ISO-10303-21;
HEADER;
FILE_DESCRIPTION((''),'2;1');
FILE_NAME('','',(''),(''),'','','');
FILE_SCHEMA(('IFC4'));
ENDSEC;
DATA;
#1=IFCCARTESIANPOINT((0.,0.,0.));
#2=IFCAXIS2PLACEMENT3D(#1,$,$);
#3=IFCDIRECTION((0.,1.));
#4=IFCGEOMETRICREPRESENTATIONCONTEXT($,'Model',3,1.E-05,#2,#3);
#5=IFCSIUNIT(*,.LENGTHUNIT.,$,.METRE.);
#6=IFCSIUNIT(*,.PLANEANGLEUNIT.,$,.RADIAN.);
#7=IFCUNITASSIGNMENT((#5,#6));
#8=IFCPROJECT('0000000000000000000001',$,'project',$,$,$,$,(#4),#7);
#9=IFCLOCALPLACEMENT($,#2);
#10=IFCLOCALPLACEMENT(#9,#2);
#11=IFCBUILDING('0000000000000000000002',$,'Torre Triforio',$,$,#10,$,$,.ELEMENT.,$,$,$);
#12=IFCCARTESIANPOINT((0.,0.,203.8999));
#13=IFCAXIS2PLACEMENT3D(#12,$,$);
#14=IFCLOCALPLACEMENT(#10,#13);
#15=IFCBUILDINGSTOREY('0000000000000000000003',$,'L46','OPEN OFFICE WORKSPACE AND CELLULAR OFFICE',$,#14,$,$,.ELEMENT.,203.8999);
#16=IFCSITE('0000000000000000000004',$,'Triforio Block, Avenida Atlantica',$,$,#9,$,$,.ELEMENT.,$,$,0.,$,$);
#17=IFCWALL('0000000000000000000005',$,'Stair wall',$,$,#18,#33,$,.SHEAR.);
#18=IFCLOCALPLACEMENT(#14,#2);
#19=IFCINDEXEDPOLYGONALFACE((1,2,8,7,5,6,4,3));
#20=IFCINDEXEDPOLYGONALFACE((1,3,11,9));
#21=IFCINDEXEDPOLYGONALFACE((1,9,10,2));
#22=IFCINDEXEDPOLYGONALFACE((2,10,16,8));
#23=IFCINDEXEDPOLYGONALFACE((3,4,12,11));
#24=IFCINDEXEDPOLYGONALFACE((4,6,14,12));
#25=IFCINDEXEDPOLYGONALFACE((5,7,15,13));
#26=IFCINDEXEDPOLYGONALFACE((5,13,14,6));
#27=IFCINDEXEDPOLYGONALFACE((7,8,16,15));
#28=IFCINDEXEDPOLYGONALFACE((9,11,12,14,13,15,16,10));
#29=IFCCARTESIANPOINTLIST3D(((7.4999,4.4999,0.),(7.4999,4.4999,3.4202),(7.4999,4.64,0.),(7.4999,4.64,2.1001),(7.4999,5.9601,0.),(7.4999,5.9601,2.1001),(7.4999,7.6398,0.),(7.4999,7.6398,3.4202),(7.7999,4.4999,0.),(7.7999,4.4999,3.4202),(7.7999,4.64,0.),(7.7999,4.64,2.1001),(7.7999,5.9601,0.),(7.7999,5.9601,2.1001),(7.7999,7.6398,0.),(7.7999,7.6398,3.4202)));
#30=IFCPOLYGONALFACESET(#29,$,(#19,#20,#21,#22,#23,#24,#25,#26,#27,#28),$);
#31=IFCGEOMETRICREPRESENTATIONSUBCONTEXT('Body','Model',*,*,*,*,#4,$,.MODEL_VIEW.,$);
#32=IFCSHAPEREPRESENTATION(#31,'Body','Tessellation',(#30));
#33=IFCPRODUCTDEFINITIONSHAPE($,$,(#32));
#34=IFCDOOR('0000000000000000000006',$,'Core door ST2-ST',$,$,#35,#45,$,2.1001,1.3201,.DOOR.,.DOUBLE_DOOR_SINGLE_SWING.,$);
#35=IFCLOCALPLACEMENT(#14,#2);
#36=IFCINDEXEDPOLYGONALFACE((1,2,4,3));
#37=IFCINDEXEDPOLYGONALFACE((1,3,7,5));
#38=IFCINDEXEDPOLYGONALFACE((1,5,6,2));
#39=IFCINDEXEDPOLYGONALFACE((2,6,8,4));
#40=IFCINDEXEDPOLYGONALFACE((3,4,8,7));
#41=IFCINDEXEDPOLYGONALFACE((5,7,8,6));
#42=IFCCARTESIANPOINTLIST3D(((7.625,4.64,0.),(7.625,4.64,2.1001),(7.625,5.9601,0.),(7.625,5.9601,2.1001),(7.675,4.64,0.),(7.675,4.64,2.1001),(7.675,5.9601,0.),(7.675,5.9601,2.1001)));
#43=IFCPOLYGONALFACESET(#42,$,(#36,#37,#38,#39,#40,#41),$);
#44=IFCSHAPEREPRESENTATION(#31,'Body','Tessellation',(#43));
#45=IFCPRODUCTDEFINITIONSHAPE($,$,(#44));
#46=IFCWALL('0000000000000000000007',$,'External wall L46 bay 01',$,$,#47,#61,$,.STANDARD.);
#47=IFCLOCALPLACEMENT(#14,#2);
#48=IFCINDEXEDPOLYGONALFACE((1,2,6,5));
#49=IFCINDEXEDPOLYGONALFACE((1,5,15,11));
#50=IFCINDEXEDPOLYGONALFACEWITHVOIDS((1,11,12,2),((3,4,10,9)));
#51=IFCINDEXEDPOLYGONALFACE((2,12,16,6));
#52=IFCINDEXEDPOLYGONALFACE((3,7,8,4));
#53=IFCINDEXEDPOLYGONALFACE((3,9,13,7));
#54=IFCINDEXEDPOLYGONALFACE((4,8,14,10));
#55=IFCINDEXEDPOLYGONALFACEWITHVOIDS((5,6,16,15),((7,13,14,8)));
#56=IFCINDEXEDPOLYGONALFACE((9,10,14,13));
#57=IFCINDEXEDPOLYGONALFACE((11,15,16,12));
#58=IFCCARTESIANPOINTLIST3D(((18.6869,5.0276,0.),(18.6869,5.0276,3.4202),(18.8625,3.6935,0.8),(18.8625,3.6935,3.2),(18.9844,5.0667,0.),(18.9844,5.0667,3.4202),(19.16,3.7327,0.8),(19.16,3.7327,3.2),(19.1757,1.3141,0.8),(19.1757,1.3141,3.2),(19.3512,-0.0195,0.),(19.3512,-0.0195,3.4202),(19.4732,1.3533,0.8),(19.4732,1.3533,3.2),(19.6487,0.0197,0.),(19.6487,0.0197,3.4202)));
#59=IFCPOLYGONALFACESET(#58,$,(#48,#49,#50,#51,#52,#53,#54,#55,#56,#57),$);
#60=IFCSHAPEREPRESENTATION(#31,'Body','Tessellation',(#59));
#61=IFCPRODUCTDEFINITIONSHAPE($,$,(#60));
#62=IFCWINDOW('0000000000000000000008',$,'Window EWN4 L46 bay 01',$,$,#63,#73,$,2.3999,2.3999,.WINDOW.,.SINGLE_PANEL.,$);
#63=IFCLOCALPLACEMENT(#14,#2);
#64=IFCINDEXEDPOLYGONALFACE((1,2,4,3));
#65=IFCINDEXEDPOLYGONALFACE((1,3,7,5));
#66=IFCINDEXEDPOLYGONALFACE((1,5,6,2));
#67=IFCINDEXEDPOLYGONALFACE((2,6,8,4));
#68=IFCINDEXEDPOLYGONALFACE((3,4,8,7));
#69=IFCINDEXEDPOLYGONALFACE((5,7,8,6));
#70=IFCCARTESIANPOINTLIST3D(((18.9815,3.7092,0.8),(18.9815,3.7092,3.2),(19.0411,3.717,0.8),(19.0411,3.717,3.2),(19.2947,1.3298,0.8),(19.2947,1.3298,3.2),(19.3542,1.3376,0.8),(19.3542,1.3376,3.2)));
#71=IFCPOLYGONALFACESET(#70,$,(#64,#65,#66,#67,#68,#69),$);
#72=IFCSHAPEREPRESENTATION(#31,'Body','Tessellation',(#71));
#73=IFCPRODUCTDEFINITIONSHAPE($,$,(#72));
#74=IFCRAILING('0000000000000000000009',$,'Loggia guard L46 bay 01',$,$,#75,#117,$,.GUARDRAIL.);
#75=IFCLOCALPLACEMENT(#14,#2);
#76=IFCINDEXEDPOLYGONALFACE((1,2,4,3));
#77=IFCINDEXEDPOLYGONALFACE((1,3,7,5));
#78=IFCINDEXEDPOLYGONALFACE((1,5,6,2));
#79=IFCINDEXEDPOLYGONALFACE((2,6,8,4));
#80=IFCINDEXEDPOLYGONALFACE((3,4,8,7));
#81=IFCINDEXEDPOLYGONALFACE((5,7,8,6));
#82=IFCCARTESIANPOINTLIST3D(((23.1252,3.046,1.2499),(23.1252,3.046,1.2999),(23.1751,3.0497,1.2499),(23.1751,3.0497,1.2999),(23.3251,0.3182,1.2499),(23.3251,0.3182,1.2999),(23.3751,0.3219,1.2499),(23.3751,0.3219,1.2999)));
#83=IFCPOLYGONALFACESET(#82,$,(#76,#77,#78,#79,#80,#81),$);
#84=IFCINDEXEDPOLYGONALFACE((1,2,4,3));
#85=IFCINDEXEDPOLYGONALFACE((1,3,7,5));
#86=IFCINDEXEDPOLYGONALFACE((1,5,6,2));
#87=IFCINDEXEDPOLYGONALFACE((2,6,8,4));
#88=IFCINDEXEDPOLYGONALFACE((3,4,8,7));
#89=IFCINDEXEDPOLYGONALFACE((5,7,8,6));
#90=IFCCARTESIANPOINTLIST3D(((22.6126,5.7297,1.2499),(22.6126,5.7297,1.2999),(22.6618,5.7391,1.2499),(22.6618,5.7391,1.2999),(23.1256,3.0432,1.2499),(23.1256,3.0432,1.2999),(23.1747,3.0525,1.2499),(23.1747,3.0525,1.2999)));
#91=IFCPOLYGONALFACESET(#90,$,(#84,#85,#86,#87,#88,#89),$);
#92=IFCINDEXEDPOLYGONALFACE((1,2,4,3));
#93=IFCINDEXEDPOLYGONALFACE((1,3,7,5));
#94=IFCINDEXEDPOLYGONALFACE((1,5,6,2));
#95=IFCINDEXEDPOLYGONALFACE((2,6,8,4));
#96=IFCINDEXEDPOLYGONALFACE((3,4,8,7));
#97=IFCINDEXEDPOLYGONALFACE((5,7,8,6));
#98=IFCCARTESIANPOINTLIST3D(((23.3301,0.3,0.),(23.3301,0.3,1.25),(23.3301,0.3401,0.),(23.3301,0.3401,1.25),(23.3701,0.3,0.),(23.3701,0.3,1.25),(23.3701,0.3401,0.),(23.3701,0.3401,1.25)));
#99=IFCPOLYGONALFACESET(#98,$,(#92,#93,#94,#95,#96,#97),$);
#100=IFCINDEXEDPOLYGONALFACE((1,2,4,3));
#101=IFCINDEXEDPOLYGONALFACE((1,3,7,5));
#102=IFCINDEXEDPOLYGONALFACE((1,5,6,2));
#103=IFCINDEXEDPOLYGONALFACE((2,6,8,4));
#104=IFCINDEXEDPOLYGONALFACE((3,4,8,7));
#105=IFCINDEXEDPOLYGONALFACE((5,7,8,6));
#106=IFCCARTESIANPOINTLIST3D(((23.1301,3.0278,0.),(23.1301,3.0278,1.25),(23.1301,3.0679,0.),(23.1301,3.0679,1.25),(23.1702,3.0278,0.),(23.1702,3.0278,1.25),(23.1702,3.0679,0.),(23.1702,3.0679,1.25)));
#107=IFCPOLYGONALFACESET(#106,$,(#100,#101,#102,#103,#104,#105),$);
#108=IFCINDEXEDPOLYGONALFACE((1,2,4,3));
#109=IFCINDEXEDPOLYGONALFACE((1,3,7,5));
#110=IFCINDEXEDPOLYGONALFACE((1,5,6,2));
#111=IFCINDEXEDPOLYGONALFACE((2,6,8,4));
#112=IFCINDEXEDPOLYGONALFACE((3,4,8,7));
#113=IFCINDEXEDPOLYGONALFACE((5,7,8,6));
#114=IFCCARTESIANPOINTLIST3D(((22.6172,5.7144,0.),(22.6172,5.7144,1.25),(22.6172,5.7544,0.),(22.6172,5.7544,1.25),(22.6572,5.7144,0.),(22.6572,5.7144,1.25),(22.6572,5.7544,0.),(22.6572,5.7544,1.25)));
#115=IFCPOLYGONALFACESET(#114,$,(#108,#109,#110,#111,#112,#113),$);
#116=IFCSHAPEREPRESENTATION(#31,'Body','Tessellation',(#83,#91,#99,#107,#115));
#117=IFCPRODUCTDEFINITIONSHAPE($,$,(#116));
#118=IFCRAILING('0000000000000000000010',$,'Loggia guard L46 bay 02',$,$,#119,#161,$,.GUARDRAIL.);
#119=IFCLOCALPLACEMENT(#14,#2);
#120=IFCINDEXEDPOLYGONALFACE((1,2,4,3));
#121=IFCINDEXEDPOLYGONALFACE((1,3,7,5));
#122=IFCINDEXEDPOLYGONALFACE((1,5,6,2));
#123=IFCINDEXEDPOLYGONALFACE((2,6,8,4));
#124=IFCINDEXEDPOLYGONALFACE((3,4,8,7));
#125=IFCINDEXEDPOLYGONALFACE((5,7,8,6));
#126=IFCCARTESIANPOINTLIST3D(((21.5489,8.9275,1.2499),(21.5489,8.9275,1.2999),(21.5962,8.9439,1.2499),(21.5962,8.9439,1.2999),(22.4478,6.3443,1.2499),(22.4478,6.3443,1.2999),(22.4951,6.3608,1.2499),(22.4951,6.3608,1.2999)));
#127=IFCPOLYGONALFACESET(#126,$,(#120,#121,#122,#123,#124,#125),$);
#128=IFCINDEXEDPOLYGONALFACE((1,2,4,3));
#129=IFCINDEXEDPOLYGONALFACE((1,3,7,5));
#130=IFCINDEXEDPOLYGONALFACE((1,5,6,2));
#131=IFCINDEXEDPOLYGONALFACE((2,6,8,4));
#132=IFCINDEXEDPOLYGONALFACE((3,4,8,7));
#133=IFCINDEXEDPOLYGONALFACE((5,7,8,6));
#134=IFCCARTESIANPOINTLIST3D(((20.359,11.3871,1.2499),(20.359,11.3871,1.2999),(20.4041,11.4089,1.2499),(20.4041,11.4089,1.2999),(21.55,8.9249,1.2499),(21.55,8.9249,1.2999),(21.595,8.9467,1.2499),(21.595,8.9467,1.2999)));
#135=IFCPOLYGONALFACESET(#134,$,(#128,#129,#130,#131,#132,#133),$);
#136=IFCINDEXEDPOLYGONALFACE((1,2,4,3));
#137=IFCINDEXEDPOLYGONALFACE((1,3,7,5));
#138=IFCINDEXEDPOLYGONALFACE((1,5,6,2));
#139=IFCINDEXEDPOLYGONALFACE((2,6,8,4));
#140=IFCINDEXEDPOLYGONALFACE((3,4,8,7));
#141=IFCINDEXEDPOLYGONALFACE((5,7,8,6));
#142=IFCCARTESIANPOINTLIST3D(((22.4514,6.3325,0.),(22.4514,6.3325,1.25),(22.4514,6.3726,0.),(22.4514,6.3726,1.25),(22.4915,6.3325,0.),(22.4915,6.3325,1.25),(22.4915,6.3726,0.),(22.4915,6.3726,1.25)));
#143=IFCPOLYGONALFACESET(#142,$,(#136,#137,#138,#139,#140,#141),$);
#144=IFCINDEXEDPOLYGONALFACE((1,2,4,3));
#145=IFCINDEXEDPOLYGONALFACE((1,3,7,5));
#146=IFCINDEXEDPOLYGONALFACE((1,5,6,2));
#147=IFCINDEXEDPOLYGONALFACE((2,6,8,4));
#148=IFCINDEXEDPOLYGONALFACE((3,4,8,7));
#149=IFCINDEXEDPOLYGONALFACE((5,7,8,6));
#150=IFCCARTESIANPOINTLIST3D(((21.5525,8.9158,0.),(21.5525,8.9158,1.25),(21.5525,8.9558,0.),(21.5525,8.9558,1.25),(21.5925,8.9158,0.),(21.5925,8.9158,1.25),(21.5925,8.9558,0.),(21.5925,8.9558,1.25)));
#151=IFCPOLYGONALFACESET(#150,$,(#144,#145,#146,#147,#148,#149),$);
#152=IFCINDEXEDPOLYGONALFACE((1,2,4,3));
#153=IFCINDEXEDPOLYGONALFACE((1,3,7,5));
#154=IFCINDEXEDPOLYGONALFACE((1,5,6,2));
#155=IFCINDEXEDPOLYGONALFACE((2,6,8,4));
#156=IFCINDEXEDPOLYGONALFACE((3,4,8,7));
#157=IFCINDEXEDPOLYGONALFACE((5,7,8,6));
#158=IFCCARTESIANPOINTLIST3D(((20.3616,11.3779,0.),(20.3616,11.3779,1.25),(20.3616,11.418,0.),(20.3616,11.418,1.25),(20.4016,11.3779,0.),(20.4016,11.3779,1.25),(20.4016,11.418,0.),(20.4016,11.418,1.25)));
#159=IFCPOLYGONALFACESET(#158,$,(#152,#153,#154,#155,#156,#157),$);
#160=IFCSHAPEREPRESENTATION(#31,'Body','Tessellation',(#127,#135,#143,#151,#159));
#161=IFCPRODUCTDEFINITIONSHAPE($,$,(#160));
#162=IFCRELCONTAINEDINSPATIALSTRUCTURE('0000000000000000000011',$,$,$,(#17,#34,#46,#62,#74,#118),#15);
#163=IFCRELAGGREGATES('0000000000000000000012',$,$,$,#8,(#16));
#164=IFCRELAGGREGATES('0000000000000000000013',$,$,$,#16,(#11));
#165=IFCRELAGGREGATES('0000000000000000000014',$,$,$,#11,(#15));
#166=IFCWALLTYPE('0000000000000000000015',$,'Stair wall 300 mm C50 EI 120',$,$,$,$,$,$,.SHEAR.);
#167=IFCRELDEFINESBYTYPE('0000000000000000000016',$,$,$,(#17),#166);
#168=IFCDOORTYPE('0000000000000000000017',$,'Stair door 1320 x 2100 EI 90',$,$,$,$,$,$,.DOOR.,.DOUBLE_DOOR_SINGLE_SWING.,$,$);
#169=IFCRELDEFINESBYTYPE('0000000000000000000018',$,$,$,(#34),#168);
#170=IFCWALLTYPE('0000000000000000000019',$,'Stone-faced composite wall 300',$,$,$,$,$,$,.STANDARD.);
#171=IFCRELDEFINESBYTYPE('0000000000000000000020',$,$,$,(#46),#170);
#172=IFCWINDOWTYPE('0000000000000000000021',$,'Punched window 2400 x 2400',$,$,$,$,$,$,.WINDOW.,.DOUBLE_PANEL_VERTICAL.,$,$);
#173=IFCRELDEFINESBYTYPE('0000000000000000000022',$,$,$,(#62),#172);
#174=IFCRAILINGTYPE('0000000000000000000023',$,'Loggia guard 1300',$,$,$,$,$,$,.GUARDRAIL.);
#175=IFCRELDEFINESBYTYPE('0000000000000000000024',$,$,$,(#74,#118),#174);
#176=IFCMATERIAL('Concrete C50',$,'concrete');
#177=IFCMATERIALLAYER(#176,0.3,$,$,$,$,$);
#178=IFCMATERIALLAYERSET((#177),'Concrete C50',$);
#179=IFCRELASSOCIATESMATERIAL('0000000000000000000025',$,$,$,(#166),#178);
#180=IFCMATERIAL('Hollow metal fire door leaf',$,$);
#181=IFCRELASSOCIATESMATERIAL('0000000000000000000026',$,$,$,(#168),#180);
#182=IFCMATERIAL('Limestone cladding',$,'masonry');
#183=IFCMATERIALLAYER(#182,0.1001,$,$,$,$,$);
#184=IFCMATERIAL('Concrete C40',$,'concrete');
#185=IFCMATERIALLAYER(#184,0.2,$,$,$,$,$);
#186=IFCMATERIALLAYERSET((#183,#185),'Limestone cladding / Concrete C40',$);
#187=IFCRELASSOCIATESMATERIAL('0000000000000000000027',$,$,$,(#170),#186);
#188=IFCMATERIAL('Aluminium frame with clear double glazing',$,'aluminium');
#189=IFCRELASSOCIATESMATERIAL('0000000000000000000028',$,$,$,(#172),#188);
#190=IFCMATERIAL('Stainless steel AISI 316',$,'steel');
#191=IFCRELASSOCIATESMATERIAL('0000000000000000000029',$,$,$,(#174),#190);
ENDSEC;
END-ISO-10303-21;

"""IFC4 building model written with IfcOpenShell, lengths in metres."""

from ifc_helpers import new_model, si_unit, direction, frame, frame_2d, origin, origin_2d, place, context, subcontext, project, spatial, rectangle, extrude, material, layer, layer_set, type_object, element, fill, save


model = new_model("IFC4")

# Units and contexts
model_context = context("Model", 3, precision=1e-05, world=origin(), true_north=direction((0.0, 1.0)))
body_context = subcontext(model_context, "Body", "Model", "MODEL_VIEW")
ifc_project = project(units=[si_unit("LENGTHUNIT", "METRE"), si_unit("PLANEANGLEUNIT", "RADIAN")], contexts=[model_context])

# Site, building, storey
site_placement = place(None, origin())
site = spatial("IfcSite", under=ifc_project, at=site_placement, Name="Triforio Block, Avenida Atlantica", CompositionType="ELEMENT", RefElevation=0.0)
building_placement = place(site_placement, origin())
building = spatial("IfcBuilding", under=site, at=building_placement, Name="Torre Triforio", CompositionType="ELEMENT")
storey_placement = place(building_placement, frame((0.0, 0.0, 203.8999)))
storey = spatial("IfcBuildingStorey", under=building, at=storey_placement, Name="L46", Description="OPEN OFFICE WORKSPACE AND CELLULAR OFFICE", CompositionType="ELEMENT", Elevation=203.8999)

# Shared definitions
ifc_material_1 = material(Name="Concrete C50", Category="concrete")

# Shared definitions
ifc_material_2 = material(Name="Concrete C40", Category="concrete")

# Shared definitions
ifc_material_3 = material(Name="Limestone cladding", Category="masonry")

# Wall, opening, door
ifc_layer_1 = layer(ifc_material_1, 0.3)
ifc_layer_set_1 = layer_set([ifc_layer_1], Name="Concrete C50")
wall_type_1 = type_object("IfcWallType", Name="Stair wall 300 mm C50 EI 120", PredefinedType="SHEAR", material=ifc_layer_set_1)
wall_1_placement = place(storey_placement, frame((7.6499, 4.5, 0.0), z_axis=(0.0, 0.0, 1.0), x_axis=(0.0, 1.0, 0.0)))
wall_1 = element("IfcWall", 1, at=wall_1_placement, inside=storey, type_object=wall_type_1, Name="Stair wall", PredefinedType="SHEAR", context=body_context, shape_type="SweptSolid", body=[
    extrude(rectangle(XDim=3.1399, YDim=0.3, at=frame_2d((1.5698, 0.0))), origin(), (0.0, 0.0, 1.0), 3.4202),
])
opening_1_placement = place(wall_1_placement, frame((0.1399, 0.0, 0.0)))
opening_1 = element("IfcOpeningElement", 2, at=opening_1_placement, cuts=wall_1, PredefinedType="OPENING", context=body_context, shape_type="SweptSolid", body=[
    extrude(rectangle(XDim=1.3201, YDim=2.1001, at=frame_2d((0.6602, 1.05))), frame((0.0, 0.1599, 0.0), z_axis=(0.0, -1.0, 0.0), x_axis=(1.0, 0.0, 0.0)), (0.0, 0.0, 1.0), 0.3201),
])
ifc_material_4 = material(Name="Hollow metal fire door leaf")
door_type_1 = type_object("IfcDoorType", Name="Stair door 1320 x 2100 EI 90", OperationType="DOUBLE_DOOR_SINGLE_SWING", PredefinedType="DOOR", material=ifc_material_4)
door_1_placement = place(opening_1_placement, origin())
door_1 = element("IfcDoor", 3, at=door_1_placement, inside=storey, type_object=door_type_1, Name="Core door ST2-ST", OperationType="DOUBLE_DOOR_SINGLE_SWING", OverallHeight=2.1001, OverallWidth=1.3201, PredefinedType="DOOR", context=body_context, shape_type="SweptSolid", body=[
    extrude(rectangle(XDim=1.3201, YDim=2.1001, at=frame_2d((0.6602, 1.05))), frame((0.0, 0.0249, 0.0), z_axis=(0.0, -1.0, 0.0), x_axis=(1.0, 0.0, 0.0)), (0.0, 0.0, 1.0), 0.05),
])
fill(opening_1, door_1)

# Wall, opening, window
ifc_layer_2 = layer(ifc_material_3, 0.1001)
ifc_layer_3 = layer(ifc_material_2, 0.2)
ifc_layer_set_2 = layer_set([ifc_layer_2, ifc_layer_3], Name="Limestone cladding / Concrete C40")
wall_type_2 = type_object("IfcWallType", Name="Stone-faced composite wall 300", PredefinedType="STANDARD", material=ifc_layer_set_2)
wall_2_placement = place(storey_placement, frame((19.5, 0.0, 0.0), z_axis=(0.0, 0.0, 1.0), x_axis=(-0.130495, 0.991449, 0.0)))
wall_2 = element("IfcWall", 4, at=wall_2_placement, inside=storey, type_object=wall_type_2, Name="External wall L46 bay 01", PredefinedType="STANDARD", context=body_context, shape_type="SweptSolid", body=[
    extrude(rectangle(XDim=5.0906, YDim=0.3, at=frame_2d((2.5454, 0.0))), origin(), (0.0, 0.0, 1.0), 3.4202),
])
opening_2_placement = place(wall_2_placement, frame((1.3452, 0.0, 0.8)))
opening_2 = element("IfcOpeningElement", 5, at=opening_2_placement, cuts=wall_2, PredefinedType="OPENING", context=body_context, shape_type="SweptSolid", body=[
    extrude(rectangle(XDim=2.3999, YDim=2.3999, at=frame_2d((1.2, 1.2))), frame((0.0, 0.1599, 0.0), z_axis=(0.0, -1.0, 0.0), x_axis=(1.0, 0.0, 0.0)), (0.0, 0.0, 1.0), 0.3201),
])
ifc_material_5 = material(Name="Aluminium frame with clear double glazing", Category="aluminium")
window_type_1 = type_object("IfcWindowType", Name="Punched window 2400 x 2400", PartitioningType="DOUBLE_PANEL_VERTICAL", PredefinedType="WINDOW", material=ifc_material_5)
window_1_placement = place(opening_2_placement, origin())
window_1 = element("IfcWindow", 6, at=window_1_placement, inside=storey, type_object=window_type_1, Name="Window EWN4 L46 bay 01", OverallHeight=2.3999, OverallWidth=2.3999, PartitioningType="SINGLE_PANEL", PredefinedType="WINDOW", context=body_context, shape_type="SweptSolid", body=[
    extrude(rectangle(XDim=2.3999, YDim=2.3999, at=frame_2d((1.2, 1.2))), frame((0.0, 0.03, 0.0), z_axis=(0.0, -1.0, 0.0), x_axis=(1.0, 0.0, 0.0)), (0.0, 0.0, 1.0), 0.0601),
])
fill(opening_2, window_1)

# Railings
ifc_material_6 = material(Name="Stainless steel AISI 316", Category="steel")
railing_type = type_object("IfcRailingType", Name="Loggia guard 1300", PredefinedType="GUARDRAIL", material=ifc_material_6)
railing_1_placement = place(storey_placement, frame((23.3501, 0.3201, 0.0)))
element("IfcRailing", 7, at=railing_1_placement, inside=storey, type_object=railing_type, Name="Loggia guard L46 bay 01", PredefinedType="GUARDRAIL", context=body_context, shape_type="SweptSolid", body=[
    extrude(rectangle(XDim=0.05, YDim=0.05, at=origin_2d()), frame((0.0, 0.0, 1.2749), z_axis=(-0.073106, 0.997324, 0.0), x_axis=(-0.997324, -0.073106, 0.0)), (0.0, 0.0, 1.0), 2.7351),
    extrude(rectangle(XDim=0.05, YDim=0.05, at=origin_2d()), frame((-0.2, 2.7278, 1.2749), z_axis=(-0.187543, 0.982256, 0.0), x_axis=(-0.982256, -0.187543, 0.0)), (0.0, 0.0, 1.0), 2.7351),
    extrude(rectangle(XDim=0.04, YDim=0.04, at=origin_2d()), origin(), (0.0, 0.0, 1.0), 1.25),
    extrude(rectangle(XDim=0.04, YDim=0.04, at=origin_2d()), frame((-0.2, 2.7278, 0.0)), (0.0, 0.0, 1.0), 1.25),
    extrude(rectangle(XDim=0.04, YDim=0.04, at=origin_2d()), frame((-0.7129, 5.4143, 0.0)), (0.0, 0.0, 1.0), 1.25),
])
railing_2_placement = place(storey_placement, frame((22.4714, 6.3525, 0.0)))
element("IfcRailing", 8, at=railing_2_placement, inside=storey, type_object=railing_type, Name="Loggia guard L46 bay 02", PredefinedType="GUARDRAIL", context=body_context, shape_type="SweptSolid", body=[
    extrude(rectangle(XDim=0.05, YDim=0.05, at=origin_2d()), frame((0.0, 0.0, 1.2749), z_axis=(-0.328652, 0.944451, 0.0), x_axis=(-0.944451, -0.328652, 0.0)), (0.0, 0.0, 1.0), 2.7351),
    extrude(rectangle(XDim=0.05, YDim=0.05, at=origin_2d()), frame((-0.8989, 2.5833, 1.2749), z_axis=(-0.435428, 0.900224, 0.0), x_axis=(-0.900224, -0.435428, 0.0)), (0.0, 0.0, 1.0), 2.7351),
    extrude(rectangle(XDim=0.04, YDim=0.04, at=origin_2d()), origin(), (0.0, 0.0, 1.0), 1.25),
    extrude(rectangle(XDim=0.04, YDim=0.04, at=origin_2d()), frame((-0.8989, 2.5833, 0.0)), (0.0, 0.0, 1.0), 1.25),
    extrude(rectangle(XDim=0.04, YDim=0.04, at=origin_2d()), frame((-2.0898, 5.0454, 0.0)), (0.0, 0.0, 1.0), 1.25),
])

save(model, "model.ifc")
